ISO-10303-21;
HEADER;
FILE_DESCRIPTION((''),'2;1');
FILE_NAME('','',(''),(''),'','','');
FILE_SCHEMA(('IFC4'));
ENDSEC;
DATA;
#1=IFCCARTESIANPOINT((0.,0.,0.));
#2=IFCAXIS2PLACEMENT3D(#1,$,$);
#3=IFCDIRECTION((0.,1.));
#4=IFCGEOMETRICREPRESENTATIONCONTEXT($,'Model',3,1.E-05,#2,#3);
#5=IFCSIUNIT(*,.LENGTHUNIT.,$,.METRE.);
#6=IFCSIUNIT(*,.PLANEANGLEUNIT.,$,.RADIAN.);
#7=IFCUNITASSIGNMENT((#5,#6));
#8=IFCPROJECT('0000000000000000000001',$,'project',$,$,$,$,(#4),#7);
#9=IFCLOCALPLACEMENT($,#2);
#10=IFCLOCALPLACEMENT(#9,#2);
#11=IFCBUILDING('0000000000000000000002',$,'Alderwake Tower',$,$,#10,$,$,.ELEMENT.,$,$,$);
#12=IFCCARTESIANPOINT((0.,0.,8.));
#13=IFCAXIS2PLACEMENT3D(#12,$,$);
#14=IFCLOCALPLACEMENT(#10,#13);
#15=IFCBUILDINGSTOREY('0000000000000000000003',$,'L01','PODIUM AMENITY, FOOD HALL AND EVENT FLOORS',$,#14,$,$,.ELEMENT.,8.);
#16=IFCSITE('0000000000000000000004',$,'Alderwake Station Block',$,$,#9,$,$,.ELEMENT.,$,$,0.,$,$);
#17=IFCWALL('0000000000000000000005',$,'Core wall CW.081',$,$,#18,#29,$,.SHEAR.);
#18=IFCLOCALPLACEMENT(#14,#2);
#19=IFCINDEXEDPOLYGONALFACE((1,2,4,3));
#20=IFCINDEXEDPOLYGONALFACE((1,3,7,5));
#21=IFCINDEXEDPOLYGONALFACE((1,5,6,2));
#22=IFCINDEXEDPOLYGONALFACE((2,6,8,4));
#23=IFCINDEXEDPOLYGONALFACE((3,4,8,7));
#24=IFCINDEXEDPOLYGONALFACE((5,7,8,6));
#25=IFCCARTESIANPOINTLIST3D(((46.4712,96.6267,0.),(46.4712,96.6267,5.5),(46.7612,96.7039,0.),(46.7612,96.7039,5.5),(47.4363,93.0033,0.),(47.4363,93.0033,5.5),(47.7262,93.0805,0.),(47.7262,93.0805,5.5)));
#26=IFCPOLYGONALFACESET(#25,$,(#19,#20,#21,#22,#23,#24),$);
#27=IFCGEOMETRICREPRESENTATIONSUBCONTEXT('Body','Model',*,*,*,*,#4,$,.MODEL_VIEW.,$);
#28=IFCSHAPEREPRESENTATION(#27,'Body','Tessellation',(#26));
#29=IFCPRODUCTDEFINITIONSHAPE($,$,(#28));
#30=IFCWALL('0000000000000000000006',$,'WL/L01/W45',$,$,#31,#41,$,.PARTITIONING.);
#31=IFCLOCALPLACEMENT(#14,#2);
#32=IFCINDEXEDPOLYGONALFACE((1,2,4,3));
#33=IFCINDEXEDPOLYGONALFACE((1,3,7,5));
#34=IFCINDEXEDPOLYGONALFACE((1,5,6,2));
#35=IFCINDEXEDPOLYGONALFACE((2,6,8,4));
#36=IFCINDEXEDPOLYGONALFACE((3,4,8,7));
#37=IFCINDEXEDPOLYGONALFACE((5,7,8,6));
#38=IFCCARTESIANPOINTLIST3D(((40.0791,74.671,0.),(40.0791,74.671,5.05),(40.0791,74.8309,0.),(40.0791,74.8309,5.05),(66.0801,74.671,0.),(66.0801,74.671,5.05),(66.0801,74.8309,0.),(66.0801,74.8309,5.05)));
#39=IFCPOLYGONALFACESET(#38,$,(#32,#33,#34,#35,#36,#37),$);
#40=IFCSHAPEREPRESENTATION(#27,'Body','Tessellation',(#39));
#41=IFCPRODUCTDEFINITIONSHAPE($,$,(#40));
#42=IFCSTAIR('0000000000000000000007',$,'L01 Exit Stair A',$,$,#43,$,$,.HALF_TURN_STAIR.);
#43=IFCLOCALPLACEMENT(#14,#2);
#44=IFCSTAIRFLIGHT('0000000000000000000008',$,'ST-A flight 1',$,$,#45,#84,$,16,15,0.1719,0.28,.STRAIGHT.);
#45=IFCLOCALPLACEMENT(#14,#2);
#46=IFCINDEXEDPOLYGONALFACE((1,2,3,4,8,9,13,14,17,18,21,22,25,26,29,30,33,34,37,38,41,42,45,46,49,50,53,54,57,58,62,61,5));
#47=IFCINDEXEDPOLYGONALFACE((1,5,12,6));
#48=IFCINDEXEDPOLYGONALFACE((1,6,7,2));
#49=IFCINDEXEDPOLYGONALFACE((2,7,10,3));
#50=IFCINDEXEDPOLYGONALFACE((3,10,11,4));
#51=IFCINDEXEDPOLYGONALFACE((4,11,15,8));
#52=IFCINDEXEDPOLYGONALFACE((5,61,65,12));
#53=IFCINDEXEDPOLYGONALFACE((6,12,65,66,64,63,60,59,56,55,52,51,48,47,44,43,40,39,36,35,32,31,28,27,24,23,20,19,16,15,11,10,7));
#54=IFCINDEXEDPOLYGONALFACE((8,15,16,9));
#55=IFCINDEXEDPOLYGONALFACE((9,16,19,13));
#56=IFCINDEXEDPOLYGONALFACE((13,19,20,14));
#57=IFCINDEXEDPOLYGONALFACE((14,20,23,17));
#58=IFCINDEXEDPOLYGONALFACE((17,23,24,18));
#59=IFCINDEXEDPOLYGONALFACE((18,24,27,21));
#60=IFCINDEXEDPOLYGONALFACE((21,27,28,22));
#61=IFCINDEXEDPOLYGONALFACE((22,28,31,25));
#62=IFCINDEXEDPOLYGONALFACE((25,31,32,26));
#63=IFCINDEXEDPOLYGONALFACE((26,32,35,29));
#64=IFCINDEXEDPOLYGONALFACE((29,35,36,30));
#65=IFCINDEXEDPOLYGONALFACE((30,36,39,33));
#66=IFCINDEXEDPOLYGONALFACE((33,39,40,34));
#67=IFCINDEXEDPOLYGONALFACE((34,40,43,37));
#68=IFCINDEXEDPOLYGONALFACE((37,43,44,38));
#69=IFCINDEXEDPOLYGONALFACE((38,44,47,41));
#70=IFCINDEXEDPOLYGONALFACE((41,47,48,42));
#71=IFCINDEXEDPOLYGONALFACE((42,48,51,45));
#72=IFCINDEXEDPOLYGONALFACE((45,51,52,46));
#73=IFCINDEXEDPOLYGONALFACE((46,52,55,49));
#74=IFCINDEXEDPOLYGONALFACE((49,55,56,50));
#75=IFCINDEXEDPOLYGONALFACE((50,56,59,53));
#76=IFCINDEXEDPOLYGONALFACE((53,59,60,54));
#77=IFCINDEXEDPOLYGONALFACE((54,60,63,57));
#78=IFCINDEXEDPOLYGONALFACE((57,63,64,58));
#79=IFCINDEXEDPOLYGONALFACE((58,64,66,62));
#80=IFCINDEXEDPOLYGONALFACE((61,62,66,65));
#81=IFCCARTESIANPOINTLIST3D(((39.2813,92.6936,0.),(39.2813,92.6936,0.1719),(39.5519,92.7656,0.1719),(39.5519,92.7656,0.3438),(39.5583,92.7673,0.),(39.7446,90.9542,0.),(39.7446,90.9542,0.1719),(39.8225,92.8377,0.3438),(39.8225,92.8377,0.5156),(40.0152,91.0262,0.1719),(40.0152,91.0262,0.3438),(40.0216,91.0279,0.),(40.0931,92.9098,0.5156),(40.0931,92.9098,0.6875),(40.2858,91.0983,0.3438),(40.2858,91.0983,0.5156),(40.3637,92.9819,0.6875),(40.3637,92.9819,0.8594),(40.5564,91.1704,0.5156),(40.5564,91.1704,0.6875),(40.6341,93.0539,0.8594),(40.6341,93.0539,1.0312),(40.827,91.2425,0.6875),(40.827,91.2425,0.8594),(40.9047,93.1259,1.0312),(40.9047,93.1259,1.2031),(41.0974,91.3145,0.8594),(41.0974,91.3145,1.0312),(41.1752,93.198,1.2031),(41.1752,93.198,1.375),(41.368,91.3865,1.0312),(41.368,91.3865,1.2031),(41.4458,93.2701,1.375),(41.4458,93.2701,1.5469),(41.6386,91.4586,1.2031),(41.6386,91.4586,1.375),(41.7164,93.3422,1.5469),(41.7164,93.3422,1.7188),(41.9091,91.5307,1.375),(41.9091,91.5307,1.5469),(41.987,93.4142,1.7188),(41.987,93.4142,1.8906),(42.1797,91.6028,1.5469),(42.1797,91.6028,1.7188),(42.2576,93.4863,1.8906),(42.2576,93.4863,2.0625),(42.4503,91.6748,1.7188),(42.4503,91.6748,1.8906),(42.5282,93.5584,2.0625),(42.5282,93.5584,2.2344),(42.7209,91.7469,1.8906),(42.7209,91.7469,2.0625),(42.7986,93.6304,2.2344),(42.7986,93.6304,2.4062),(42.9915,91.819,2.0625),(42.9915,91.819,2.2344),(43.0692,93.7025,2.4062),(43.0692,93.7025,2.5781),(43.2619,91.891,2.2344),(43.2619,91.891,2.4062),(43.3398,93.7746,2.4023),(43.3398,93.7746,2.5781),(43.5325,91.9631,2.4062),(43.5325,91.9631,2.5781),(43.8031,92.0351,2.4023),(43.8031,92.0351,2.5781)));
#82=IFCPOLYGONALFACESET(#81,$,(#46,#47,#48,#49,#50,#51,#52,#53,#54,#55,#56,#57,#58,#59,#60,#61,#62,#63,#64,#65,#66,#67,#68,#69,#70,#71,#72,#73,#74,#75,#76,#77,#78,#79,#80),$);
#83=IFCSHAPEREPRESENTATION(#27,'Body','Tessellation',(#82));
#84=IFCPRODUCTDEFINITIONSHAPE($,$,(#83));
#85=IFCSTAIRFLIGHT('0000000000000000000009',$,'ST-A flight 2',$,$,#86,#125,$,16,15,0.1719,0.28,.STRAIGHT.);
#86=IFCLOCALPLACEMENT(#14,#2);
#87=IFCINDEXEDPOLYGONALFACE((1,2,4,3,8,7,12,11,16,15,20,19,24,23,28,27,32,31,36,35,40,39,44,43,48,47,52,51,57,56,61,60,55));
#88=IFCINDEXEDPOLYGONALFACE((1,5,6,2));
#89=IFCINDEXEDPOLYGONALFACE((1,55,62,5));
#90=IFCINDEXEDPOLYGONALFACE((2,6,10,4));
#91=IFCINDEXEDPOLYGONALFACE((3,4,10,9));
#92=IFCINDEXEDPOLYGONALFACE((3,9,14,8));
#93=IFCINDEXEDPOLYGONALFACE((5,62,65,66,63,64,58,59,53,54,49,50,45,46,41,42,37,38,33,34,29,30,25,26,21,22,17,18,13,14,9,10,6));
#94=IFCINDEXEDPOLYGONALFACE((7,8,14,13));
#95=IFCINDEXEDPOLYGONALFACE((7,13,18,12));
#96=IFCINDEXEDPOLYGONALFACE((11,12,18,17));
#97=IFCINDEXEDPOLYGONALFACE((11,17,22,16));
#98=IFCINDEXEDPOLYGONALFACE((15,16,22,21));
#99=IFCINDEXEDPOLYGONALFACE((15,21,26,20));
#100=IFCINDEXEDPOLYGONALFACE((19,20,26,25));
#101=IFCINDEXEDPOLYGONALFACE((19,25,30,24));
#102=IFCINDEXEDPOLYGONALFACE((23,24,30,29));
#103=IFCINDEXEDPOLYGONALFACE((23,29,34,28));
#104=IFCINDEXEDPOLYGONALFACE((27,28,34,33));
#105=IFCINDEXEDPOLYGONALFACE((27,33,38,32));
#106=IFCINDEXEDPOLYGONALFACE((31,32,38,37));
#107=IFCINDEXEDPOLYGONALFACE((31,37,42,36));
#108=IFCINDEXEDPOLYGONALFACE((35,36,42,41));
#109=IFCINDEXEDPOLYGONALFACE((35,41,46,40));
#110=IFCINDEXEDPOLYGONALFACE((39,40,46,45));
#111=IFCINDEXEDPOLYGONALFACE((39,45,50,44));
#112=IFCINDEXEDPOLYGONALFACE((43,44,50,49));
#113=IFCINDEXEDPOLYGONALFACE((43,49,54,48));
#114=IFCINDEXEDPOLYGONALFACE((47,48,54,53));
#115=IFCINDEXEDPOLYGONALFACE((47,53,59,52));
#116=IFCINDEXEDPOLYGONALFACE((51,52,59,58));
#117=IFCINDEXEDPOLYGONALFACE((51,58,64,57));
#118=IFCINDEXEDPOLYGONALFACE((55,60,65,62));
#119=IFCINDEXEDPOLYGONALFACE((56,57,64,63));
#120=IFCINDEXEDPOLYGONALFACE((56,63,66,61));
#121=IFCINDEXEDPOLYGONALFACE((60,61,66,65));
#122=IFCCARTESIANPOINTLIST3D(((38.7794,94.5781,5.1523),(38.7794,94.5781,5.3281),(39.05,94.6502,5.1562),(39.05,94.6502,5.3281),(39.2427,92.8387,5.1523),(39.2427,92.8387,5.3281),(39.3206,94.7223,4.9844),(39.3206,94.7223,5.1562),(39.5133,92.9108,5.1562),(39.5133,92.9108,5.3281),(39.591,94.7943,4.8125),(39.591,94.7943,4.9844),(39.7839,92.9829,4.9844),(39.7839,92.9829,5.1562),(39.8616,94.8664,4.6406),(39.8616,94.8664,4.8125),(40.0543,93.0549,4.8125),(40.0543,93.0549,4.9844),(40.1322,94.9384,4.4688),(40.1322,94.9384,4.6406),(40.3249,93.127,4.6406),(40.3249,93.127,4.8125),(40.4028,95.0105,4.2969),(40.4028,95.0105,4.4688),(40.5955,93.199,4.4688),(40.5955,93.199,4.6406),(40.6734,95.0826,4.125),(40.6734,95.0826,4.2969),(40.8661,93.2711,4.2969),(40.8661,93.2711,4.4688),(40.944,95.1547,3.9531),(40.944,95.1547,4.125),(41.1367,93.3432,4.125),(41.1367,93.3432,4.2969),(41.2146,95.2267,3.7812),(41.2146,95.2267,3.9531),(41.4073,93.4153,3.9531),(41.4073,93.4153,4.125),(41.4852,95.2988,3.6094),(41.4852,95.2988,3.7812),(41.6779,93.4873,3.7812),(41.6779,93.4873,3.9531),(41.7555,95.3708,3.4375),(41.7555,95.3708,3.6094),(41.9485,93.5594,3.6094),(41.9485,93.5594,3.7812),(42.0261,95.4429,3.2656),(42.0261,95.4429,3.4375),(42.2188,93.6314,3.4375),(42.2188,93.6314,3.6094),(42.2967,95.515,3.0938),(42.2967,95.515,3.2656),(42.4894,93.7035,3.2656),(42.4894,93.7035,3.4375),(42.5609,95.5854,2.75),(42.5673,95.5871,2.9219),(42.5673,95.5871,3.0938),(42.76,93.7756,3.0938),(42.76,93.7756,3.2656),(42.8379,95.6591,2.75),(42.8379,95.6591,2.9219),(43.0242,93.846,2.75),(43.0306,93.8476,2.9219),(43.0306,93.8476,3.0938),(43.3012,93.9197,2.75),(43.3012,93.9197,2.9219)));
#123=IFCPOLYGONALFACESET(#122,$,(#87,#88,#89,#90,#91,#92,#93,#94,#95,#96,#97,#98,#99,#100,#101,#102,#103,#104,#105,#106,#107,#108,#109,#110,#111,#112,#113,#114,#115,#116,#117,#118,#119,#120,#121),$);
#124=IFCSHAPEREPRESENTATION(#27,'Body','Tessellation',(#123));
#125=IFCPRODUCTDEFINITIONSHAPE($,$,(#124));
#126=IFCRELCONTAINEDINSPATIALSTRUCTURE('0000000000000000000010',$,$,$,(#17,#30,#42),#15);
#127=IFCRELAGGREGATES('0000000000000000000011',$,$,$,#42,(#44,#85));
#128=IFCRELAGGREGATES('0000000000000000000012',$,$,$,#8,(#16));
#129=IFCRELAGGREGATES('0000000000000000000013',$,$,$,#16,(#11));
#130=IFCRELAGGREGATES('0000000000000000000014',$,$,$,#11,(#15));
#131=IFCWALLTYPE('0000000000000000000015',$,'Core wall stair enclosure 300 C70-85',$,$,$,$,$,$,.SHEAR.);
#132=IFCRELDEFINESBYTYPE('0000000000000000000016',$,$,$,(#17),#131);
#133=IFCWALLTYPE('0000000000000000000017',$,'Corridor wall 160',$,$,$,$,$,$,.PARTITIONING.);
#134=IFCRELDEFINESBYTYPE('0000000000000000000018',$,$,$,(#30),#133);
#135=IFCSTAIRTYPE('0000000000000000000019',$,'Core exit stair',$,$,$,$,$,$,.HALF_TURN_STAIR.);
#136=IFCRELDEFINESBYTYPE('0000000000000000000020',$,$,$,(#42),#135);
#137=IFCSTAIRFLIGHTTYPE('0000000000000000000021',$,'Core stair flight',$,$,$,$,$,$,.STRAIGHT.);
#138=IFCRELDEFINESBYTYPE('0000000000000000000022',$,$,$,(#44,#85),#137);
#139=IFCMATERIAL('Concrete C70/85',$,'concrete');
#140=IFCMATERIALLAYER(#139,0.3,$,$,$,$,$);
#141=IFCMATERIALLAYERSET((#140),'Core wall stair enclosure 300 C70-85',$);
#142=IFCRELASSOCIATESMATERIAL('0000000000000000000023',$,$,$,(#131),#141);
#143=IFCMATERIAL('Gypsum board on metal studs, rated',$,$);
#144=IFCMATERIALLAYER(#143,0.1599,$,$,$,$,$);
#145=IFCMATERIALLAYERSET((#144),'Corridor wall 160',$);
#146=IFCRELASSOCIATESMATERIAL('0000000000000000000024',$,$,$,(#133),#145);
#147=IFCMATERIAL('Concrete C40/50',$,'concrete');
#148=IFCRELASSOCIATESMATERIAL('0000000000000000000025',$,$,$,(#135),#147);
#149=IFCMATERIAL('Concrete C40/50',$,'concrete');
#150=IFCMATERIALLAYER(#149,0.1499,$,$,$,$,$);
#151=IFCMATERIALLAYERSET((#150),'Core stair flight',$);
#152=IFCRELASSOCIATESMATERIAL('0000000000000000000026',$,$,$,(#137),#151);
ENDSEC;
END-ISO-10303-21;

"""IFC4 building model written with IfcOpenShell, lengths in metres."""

from ifc_helpers import new_model, si_unit, direction, frame, frame_2d, origin, place, context, subcontext, project, spatial, polyline, rectangle, outline, extrude, material, layer, layer_set, type_object, element, aggregate, save


model = new_model("IFC4")

# Units and contexts
model_context = context("Model", 3, precision=1e-05, world=origin(), true_north=direction((0.0, 1.0)))
body_context = subcontext(model_context, "Body", "Model", "MODEL_VIEW")
ifc_project = project(units=[si_unit("LENGTHUNIT", "METRE"), si_unit("PLANEANGLEUNIT", "RADIAN")], contexts=[model_context])

# Site, building, storey
site_placement = place(None, origin())
site = spatial("IfcSite", under=ifc_project, at=site_placement, Name="Alderwake Station Block", CompositionType="ELEMENT", RefElevation=0.0)
building_placement = place(site_placement, origin())
building = spatial("IfcBuilding", under=site, at=building_placement, Name="Alderwake Tower", CompositionType="ELEMENT")
storey_placement = place(building_placement, frame((0.0, 0.0, 8.0)))
storey = spatial("IfcBuildingStorey", under=building, at=storey_placement, Name="L01", Description="PODIUM AMENITY, FOOD HALL AND EVENT FLOORS", CompositionType="ELEMENT", Elevation=8.0)

# Shared definitions
ifc_material_1 = material(Name="Concrete C70/85", Category="concrete")
ifc_layer_1 = layer(ifc_material_1, 0.3)
ifc_layer_set_1 = layer_set([ifc_layer_1], Name="Core wall stair enclosure 300 C70-85")
wall_type_1 = type_object("IfcWallType", Name="Core wall stair enclosure 300 C70-85", PredefinedType="SHEAR", material=ifc_layer_set_1)

# Walls
wall_1_placement = place(storey_placement, frame((47.5813, 93.0417, 0.0), z_axis=(0.0, 0.0, 1.0), x_axis=(-0.257367, 0.966314, 0.0)))
element("IfcWall", 1, at=wall_1_placement, inside=storey, type_object=wall_type_1, Name="Core wall CW.081", PredefinedType="SHEAR", context=body_context, shape_type="SweptSolid", body=[
    extrude(rectangle(XDim=3.7498, YDim=0.3, at=frame_2d((1.875, 0.0))), origin(), (0.0, 0.0, 1.0), 5.5),
])
ifc_material_2 = material(Name="Gypsum board on metal studs, rated")
ifc_layer_2 = layer(ifc_material_2, 0.1599)
ifc_layer_set_2 = layer_set([ifc_layer_2], Name="Corridor wall 160")
wall_type_2 = type_object("IfcWallType", Name="Corridor wall 160", PredefinedType="PARTITIONING", material=ifc_layer_set_2)
wall_2_placement = place(storey_placement, frame((40.0791, 74.751, 0.0), z_axis=(0.0, 0.0, 1.0), x_axis=(1.0, 0.0, 0.0)))
element("IfcWall", 2, at=wall_2_placement, inside=storey, type_object=wall_type_2, Name="WL/L01/W45", PredefinedType="PARTITIONING", context=body_context, shape_type="SweptSolid", body=[
    extrude(rectangle(XDim=26.001, YDim=0.1599, at=frame_2d((13.0005, 0.0))), origin(), (0.0, 0.0, 1.0), 5.05),
])

# Stair, stair flights
ifc_material_3 = material(Name="Concrete C40/50", Category="concrete")
stair_type = type_object("IfcStairType", Name="Core exit stair", PredefinedType="HALF_TURN_STAIR", material=ifc_material_3)
stair_placement = place(storey_placement, origin())
stair = element("IfcStair", 3, at=stair_placement, inside=storey, type_object=stair_type, Name="L01 Exit Stair A", PredefinedType="HALF_TURN_STAIR")
ifc_material_4 = material(Name="Concrete C40/50", Category="concrete")
ifc_layer_3 = layer(ifc_material_4, 0.1499)
ifc_layer_set_3 = layer_set([ifc_layer_3], Name="Core stair flight")
stair_flight_type = type_object("IfcStairFlightType", Name="Core stair flight", PredefinedType="STRAIGHT", material=ifc_layer_set_3)
stair_flight_1_placement = place(storey_placement, frame((39.5129, 91.824, 0.0), z_axis=(0.0, 0.0, 1.0), x_axis=(0.96631, 0.257382, 0.0)))
stair_flight_1 = element("IfcStairFlight", 4, at=stair_flight_1_placement, type_object=stair_flight_type, Name="ST-A flight 1", NumberOfRisers=16, NumberOfTreads=15, PredefinedType="STRAIGHT", RiserHeight=0.1719, TreadLength=0.28, context=body_context, shape_type="SweptSolid", body=[
    extrude(outline(polyline([(0.0, 0.0), (0.0, 0.1719), (0.28, 0.1719), (0.28, 0.3438), (0.5601, 0.3438), (0.5601, 0.5156), (0.8401, 0.5156), (0.8401, 0.6875), (1.1201, 0.6875), (1.1201, 0.8594), (1.3999, 0.8594), (1.3999, 1.0312), (1.6799, 1.0312), (1.6799, 1.2031), (1.96, 1.2031), (1.96, 1.375), (2.24, 1.375), (2.24, 1.5469), (2.52, 1.5469), (2.52, 1.7188), (2.8, 1.7188), (2.8, 1.8906), (3.0801, 1.8906), (3.0801, 2.0625), (3.3601, 2.0625), (3.3601, 2.2344), (3.6399, 2.2344), (3.6399, 2.4062), (3.9199, 2.4062), (3.9199, 2.5781), (4.2, 2.5781), (4.2, 2.75), (4.2, 2.4023), (0.2866, 0.0), (0.0, 0.0)])), frame((0.0, 0.8999, 0.0), z_axis=(0.0, -1.0, 0.0), x_axis=(1.0, 0.0, 0.0)), (0.0, 0.0, 1.0), 1.8),
])
stair_flight_2_placement = place(storey_placement, frame((43.0696, 94.7893, 2.75), z_axis=(0.0, 0.0, 1.0), x_axis=(-0.96631, -0.257382, 0.0)))
stair_flight_2 = element("IfcStairFlight", 5, at=stair_flight_2_placement, type_object=stair_flight_type, Name="ST-A flight 2", NumberOfRisers=16, NumberOfTreads=15, PredefinedType="STRAIGHT", RiserHeight=0.1719, TreadLength=0.28, context=body_context, shape_type="SweptSolid", body=[
    extrude(outline(polyline([(0.0, 0.0), (0.0, 0.1719), (0.28, 0.1719), (0.28, 0.3438), (0.5601, 0.3438), (0.5601, 0.5156), (0.8401, 0.5156), (0.8401, 0.6875), (1.1201, 0.6875), (1.1201, 0.8594), (1.3999, 0.8594), (1.3999, 1.0312), (1.6799, 1.0312), (1.6799, 1.2031), (1.96, 1.2031), (1.96, 1.375), (2.24, 1.375), (2.24, 1.5469), (2.52, 1.5469), (2.52, 1.7188), (2.8, 1.7188), (2.8, 1.8906), (3.0801, 1.8906), (3.0801, 2.0625), (3.3601, 2.0625), (3.3601, 2.2344), (3.6399, 2.2344), (3.6399, 2.4062), (3.9199, 2.4062), (3.9199, 2.5781), (4.2, 2.5781), (4.2, 2.75), (4.2, 2.4023), (0.2866, 0.0), (0.0, 0.0)])), frame((0.0, 0.8999, 0.0), z_axis=(0.0, -1.0, 0.0), x_axis=(1.0, 0.0, 0.0)), (0.0, 0.0, 1.0), 1.8),
])
aggregate(stair, [stair_flight_1, stair_flight_2])

save(model, "model.ifc")
